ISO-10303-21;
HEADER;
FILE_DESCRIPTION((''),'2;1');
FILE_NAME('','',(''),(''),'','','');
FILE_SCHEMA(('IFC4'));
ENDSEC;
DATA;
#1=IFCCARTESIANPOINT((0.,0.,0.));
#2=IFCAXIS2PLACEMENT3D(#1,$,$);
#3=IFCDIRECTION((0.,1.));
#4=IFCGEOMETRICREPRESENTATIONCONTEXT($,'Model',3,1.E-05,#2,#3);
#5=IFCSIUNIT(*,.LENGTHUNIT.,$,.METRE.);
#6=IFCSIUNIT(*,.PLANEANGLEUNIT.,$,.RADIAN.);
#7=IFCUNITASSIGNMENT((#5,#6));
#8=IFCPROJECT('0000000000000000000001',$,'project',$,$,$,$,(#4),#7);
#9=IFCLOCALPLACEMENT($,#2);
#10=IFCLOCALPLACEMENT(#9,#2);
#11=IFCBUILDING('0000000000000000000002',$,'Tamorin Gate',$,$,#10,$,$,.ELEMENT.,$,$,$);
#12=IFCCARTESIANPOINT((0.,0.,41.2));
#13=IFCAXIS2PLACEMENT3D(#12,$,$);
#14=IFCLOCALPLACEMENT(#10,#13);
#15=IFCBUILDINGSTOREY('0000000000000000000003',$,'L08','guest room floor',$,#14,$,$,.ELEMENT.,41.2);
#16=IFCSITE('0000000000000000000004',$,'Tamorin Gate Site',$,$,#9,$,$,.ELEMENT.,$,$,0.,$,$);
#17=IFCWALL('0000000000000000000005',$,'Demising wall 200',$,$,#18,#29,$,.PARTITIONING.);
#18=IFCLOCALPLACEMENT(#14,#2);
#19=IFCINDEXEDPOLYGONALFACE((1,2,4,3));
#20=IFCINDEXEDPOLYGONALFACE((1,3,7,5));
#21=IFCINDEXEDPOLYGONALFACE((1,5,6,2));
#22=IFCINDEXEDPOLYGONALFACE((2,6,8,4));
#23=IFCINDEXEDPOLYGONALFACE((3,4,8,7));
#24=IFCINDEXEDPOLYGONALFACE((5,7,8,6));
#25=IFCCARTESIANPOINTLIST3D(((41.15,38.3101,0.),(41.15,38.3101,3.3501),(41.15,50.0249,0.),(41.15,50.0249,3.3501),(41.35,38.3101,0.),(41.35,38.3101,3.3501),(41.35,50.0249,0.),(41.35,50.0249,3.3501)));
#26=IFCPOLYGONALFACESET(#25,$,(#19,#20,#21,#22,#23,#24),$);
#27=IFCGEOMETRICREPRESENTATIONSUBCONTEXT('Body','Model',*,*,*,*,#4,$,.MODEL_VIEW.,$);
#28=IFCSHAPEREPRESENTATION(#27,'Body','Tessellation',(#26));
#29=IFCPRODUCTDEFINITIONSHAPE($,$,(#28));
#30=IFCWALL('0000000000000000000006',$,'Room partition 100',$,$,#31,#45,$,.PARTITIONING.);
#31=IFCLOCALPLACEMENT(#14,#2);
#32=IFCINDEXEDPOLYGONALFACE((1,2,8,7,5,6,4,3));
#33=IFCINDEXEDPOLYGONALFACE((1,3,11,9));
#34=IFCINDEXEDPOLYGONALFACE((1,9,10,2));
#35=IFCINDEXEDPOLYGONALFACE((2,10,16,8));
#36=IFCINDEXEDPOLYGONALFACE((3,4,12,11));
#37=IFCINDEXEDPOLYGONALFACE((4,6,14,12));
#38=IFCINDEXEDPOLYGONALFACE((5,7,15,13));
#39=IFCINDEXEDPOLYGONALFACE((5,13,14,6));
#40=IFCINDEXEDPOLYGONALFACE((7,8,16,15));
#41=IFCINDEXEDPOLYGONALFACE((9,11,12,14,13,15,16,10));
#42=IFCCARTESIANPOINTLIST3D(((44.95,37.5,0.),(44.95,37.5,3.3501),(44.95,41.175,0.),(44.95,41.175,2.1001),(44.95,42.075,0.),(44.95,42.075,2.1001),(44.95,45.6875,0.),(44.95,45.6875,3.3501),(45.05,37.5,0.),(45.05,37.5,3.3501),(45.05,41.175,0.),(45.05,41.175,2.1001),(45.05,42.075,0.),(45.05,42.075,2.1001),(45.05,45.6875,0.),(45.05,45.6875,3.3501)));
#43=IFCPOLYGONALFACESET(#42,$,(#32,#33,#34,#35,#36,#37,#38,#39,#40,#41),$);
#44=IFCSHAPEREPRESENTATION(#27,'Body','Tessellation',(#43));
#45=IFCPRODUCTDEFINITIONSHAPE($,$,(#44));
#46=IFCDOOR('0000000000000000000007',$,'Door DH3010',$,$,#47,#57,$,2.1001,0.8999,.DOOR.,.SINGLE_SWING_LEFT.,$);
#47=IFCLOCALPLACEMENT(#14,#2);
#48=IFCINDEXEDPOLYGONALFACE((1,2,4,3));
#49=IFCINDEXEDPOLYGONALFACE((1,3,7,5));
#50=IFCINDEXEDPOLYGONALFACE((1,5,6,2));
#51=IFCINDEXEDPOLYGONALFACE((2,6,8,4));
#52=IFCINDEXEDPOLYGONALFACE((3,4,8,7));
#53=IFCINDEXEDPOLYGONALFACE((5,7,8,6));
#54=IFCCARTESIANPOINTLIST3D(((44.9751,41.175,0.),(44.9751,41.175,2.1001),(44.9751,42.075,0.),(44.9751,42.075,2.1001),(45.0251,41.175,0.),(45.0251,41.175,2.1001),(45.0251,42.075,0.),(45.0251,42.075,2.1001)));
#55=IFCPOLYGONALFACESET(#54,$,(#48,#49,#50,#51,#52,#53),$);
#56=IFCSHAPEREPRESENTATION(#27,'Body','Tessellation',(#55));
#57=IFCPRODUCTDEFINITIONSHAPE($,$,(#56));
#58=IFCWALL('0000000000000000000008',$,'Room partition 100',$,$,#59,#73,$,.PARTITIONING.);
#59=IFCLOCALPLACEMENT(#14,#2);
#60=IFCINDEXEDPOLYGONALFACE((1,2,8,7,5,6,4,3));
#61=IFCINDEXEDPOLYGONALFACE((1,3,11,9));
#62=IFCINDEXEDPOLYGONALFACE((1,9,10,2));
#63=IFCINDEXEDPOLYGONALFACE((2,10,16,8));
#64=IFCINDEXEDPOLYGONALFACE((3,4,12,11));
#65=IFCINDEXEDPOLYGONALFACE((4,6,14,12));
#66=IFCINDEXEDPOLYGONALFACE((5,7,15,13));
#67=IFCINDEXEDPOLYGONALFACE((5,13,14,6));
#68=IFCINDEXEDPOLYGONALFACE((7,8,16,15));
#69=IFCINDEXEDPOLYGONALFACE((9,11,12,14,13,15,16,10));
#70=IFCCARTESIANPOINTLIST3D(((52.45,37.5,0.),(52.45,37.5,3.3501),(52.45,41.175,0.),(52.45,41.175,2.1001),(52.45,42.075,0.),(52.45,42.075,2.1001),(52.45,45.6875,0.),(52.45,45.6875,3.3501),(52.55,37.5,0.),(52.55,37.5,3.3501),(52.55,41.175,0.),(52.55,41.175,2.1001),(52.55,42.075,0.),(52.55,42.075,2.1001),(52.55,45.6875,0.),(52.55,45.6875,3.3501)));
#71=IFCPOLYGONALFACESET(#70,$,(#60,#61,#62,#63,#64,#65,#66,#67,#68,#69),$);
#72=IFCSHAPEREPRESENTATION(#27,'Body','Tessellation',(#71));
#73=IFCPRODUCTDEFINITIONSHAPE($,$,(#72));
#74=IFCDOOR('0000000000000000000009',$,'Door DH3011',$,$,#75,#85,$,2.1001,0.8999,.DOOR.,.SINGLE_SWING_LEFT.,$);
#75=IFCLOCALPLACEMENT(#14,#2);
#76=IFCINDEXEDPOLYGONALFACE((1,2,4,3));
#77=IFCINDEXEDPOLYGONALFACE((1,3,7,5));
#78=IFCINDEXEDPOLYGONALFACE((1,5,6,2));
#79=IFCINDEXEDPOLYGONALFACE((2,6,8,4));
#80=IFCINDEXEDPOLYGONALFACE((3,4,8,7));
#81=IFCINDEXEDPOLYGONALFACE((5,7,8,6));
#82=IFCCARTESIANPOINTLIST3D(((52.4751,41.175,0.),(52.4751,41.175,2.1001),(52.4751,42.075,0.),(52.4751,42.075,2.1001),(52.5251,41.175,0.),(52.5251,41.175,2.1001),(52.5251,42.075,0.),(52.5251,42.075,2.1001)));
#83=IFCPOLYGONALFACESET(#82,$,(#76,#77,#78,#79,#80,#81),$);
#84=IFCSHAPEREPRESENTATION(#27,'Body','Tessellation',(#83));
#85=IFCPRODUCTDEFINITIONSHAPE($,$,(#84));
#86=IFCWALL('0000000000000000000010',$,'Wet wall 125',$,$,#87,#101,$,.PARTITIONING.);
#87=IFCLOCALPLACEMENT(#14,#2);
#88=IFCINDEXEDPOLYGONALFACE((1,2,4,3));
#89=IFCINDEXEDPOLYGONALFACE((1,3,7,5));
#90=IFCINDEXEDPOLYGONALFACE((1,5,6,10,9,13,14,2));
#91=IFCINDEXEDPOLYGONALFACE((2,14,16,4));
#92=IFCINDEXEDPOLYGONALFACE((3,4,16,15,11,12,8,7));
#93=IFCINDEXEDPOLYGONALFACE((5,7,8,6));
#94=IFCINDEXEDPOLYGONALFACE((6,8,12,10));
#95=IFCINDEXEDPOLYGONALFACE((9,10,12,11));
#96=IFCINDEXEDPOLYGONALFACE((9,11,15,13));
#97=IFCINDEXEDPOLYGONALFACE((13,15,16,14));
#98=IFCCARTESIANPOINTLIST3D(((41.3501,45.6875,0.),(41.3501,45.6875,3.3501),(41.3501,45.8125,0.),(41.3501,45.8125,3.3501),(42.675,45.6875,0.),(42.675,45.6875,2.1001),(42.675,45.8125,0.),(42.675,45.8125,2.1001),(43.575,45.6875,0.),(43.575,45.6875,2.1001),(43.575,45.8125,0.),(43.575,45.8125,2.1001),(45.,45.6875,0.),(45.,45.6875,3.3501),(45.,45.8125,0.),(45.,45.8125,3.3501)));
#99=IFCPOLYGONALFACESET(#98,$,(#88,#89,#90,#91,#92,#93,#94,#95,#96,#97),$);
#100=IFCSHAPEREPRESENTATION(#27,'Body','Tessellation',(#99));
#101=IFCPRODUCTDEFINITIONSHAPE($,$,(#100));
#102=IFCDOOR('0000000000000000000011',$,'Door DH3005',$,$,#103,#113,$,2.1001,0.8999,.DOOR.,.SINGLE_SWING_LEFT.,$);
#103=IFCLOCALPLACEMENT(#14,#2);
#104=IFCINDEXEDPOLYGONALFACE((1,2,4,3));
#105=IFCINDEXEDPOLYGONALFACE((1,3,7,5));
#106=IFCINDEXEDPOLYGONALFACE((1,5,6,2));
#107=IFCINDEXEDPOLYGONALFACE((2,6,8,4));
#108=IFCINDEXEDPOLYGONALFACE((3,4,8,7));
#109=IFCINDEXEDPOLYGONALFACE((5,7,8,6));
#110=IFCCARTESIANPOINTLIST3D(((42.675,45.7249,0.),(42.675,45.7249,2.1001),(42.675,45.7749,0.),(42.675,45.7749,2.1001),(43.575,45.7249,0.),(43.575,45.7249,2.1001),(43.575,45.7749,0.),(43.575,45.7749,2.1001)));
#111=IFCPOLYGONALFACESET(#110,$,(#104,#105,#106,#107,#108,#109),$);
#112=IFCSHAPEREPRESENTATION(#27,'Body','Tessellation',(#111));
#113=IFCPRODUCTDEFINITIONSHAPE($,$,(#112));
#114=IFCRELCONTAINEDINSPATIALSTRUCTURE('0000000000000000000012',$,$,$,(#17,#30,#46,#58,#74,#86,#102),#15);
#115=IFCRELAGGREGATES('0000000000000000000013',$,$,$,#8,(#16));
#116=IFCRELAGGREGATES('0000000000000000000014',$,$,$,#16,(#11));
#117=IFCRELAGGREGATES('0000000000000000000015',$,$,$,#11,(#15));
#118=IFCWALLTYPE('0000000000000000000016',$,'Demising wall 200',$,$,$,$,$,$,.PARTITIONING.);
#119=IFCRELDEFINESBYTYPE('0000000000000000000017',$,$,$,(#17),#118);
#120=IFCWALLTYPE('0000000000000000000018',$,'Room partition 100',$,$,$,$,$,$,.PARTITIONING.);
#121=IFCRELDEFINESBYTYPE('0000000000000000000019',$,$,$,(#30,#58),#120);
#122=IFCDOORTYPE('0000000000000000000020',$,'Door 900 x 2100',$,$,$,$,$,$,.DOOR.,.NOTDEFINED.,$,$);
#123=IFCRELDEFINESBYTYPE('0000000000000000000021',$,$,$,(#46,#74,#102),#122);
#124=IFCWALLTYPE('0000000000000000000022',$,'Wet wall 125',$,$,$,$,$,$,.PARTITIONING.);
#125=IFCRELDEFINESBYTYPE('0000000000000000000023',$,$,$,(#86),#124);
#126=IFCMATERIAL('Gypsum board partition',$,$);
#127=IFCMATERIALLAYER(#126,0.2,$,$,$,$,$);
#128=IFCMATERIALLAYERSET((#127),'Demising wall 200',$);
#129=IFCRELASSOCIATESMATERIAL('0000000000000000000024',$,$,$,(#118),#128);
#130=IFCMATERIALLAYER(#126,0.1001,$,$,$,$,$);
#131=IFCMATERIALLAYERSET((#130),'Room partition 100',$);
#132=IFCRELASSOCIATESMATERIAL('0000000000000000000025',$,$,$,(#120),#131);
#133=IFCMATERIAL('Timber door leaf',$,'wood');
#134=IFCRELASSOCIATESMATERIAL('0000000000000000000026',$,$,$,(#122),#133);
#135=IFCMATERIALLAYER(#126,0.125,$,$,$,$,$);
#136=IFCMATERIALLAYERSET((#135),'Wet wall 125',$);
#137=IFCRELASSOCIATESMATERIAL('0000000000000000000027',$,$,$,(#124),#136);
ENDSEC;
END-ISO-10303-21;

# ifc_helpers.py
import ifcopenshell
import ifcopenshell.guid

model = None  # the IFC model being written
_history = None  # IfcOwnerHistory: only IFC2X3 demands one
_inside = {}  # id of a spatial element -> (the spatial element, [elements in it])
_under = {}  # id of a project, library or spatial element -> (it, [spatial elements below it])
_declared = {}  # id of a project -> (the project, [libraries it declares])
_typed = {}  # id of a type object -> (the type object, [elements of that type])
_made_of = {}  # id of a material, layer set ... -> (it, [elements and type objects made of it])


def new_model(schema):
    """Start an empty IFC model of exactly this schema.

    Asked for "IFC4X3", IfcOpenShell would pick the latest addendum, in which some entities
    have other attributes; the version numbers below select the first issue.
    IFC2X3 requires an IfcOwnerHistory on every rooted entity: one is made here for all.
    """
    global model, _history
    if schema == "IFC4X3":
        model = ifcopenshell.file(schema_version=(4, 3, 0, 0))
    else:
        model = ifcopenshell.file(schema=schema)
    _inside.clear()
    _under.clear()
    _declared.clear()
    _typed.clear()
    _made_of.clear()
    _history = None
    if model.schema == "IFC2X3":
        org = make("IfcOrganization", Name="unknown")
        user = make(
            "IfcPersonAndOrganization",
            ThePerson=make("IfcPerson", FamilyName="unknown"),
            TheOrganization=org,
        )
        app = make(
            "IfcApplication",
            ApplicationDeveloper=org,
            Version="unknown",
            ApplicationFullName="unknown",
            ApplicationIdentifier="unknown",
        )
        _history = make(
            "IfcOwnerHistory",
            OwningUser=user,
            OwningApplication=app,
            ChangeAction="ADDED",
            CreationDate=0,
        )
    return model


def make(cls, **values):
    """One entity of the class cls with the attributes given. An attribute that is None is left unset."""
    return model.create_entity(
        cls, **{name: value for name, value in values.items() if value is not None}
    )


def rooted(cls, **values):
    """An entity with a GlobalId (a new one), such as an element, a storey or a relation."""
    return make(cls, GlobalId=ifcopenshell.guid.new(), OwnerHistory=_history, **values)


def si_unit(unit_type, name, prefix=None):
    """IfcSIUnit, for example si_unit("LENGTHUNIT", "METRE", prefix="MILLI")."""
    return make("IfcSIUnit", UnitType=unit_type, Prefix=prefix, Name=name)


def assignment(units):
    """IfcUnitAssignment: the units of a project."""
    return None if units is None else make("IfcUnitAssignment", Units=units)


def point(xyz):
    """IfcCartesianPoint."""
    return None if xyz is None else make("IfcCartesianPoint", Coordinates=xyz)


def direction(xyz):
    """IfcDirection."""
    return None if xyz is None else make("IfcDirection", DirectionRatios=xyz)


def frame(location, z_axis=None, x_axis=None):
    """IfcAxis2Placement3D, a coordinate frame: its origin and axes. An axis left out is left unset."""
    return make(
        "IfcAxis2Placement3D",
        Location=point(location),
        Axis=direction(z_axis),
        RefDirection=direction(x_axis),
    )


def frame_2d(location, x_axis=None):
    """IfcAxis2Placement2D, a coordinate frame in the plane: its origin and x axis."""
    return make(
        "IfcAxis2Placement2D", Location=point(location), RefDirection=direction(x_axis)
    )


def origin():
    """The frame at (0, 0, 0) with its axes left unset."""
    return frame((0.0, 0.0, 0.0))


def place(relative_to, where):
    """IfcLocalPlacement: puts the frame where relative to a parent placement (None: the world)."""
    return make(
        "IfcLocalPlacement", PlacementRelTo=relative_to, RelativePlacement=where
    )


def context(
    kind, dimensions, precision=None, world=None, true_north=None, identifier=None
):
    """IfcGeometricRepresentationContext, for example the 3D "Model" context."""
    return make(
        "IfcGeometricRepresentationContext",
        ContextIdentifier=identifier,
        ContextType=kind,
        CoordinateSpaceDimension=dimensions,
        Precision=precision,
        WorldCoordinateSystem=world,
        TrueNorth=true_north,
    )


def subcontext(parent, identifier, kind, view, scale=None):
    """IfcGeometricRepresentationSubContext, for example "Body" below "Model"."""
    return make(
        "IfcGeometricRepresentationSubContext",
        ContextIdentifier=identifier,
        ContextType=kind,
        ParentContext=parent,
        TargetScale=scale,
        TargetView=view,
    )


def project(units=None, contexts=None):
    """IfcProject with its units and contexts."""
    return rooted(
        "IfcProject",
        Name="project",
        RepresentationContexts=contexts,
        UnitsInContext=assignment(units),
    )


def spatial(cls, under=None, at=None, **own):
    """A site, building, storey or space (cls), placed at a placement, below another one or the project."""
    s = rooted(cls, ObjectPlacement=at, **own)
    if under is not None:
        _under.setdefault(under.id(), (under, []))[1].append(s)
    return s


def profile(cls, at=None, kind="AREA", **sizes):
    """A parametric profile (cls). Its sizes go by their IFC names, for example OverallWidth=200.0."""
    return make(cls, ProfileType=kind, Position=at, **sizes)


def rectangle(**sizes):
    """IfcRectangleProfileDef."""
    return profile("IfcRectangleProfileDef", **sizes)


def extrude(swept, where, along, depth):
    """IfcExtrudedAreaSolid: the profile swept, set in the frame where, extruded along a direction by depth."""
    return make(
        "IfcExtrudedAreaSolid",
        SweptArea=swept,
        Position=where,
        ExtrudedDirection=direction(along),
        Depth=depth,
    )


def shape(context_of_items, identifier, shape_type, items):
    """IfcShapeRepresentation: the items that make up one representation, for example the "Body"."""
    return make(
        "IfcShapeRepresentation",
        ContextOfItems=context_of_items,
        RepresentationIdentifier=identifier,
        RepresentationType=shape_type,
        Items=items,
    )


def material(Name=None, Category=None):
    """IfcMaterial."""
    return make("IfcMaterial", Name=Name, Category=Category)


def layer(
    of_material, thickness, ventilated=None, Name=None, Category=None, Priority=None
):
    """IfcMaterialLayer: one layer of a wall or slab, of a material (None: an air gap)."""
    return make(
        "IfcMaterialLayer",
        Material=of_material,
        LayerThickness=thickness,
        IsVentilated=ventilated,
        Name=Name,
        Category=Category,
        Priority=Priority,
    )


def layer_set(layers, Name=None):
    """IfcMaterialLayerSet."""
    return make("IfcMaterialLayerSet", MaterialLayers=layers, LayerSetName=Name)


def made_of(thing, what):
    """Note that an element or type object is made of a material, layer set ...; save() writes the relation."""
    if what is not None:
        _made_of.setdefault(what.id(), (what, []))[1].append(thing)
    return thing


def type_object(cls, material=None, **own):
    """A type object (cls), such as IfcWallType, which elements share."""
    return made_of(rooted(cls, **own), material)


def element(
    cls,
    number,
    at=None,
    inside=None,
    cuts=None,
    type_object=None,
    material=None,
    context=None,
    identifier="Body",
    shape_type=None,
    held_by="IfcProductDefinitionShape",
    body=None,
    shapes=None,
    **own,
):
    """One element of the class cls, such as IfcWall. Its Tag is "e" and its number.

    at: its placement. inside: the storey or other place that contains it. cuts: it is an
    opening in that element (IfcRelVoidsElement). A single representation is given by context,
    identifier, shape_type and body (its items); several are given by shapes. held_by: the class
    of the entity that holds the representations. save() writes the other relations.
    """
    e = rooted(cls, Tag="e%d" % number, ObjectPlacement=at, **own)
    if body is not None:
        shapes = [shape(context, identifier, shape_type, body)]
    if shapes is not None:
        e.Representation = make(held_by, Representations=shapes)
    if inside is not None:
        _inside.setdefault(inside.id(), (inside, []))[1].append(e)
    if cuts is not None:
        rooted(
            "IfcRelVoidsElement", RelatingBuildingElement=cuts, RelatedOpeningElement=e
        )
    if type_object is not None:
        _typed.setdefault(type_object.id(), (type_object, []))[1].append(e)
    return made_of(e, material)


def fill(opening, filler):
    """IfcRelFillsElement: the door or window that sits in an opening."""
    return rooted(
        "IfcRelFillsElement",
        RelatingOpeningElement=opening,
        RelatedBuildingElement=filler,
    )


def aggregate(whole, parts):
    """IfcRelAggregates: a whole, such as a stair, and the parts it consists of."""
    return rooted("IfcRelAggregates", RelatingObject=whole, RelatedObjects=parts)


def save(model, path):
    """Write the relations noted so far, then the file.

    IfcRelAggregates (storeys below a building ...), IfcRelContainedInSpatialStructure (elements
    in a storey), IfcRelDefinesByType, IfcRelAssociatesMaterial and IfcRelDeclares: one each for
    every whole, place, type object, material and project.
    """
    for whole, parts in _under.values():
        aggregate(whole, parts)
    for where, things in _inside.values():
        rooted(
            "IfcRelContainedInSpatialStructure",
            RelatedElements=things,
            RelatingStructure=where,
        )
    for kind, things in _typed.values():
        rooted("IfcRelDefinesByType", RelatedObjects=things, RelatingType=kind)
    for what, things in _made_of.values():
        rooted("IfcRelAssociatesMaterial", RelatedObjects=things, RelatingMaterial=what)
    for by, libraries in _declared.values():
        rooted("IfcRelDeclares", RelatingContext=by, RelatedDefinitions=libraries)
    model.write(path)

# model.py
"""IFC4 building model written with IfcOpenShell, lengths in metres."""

from ifc_helpers import new_model, si_unit, direction, frame, frame_2d, origin, place, context, subcontext, project, spatial, rectangle, extrude, material, layer, layer_set, type_object, element, fill, save


model = new_model("IFC4")

# Units and contexts
model_context = context("Model", 3, precision=1e-05, world=origin(), true_north=direction((0.0, 1.0)))
body_context = subcontext(model_context, "Body", "Model", "MODEL_VIEW")
ifc_project = project(units=[si_unit("LENGTHUNIT", "METRE"), si_unit("PLANEANGLEUNIT", "RADIAN")], contexts=[model_context])

# Site, building, storey
site_placement = place(None, origin())
site = spatial("IfcSite", under=ifc_project, at=site_placement, Name="Tamorin Gate Site", CompositionType="ELEMENT", RefElevation=0.0)
building_placement = place(site_placement, origin())
building = spatial("IfcBuilding", under=site, at=building_placement, Name="Tamorin Gate", CompositionType="ELEMENT")
storey_placement = place(building_placement, frame((0.0, 0.0, 41.2)))
storey = spatial("IfcBuildingStorey", under=building, at=storey_placement, Name="L08", Description="guest room floor", CompositionType="ELEMENT", Elevation=41.2)

# Wall
ifc_material_1 = material(Name="Gypsum board partition")
ifc_layer_1 = layer(ifc_material_1, 0.2)
ifc_layer_set_1 = layer_set([ifc_layer_1], Name="Demising wall 200")
wall_type_1 = type_object("IfcWallType", Name="Demising wall 200", PredefinedType="PARTITIONING", material=ifc_layer_set_1)
wall_1_placement = place(storey_placement, frame((41.25, 38.3101, 0.0), z_axis=(0.0, 0.0, 1.0), x_axis=(0.0, 1.0, 0.0)))
element("IfcWall", 1, at=wall_1_placement, inside=storey, type_object=wall_type_1, Name="Demising wall 200", PredefinedType="PARTITIONING", context=body_context, shape_type="SweptSolid", body=[
    extrude(rectangle(XDim=11.7148, YDim=0.2, at=frame_2d((5.8574, 0.0))), origin(), (0.0, 0.0, 1.0), 3.3501),
])

# Walls, openings, doors
ifc_layer_2 = layer(ifc_material_1, 0.1001)
ifc_layer_set_2 = layer_set([ifc_layer_2], Name="Room partition 100")
wall_type_2 = type_object("IfcWallType", Name="Room partition 100", PredefinedType="PARTITIONING", material=ifc_layer_set_2)
wall_2_placement = place(storey_placement, frame((45.0, 37.5, 0.0), z_axis=(0.0, 0.0, 1.0), x_axis=(0.0, 1.0, 0.0)))
wall_2 = element("IfcWall", 2, at=wall_2_placement, inside=storey, type_object=wall_type_2, Name="Room partition 100", PredefinedType="PARTITIONING", context=body_context, shape_type="SweptSolid", body=[
    extrude(rectangle(XDim=8.1875, YDim=0.1001, at=frame_2d((4.0938, 0.0))), origin(), (0.0, 0.0, 1.0), 3.3501),
])
opening_1_placement = place(wall_2_placement, frame((3.675, 0.0, 0.0)))
opening_1 = element("IfcOpeningElement", 3, at=opening_1_placement, cuts=wall_2, PredefinedType="OPENING", context=body_context, shape_type="SweptSolid", body=[
    extrude(rectangle(XDim=0.8999, YDim=2.1001, at=frame_2d((0.45, 1.05))), frame((0.0, 0.0601, 0.0), z_axis=(0.0, -1.0, 0.0), x_axis=(1.0, 0.0, 0.0)), (0.0, 0.0, 1.0), 0.1201),
])
ifc_material_2 = material(Name="Timber door leaf", Category="wood")
door_type = type_object("IfcDoorType", Name="Door 900 x 2100", OperationType="NOTDEFINED", PredefinedType="DOOR", material=ifc_material_2)
door_1_placement = place(opening_1_placement, origin())
door_1 = element("IfcDoor", 4, at=door_1_placement, inside=storey, type_object=door_type, Name="Door DH3010", OperationType="SINGLE_SWING_LEFT", OverallHeight=2.1001, OverallWidth=0.8999, PredefinedType="DOOR", context=body_context, shape_type="SweptSolid", body=[
    extrude(rectangle(XDim=0.8999, YDim=2.1001, at=frame_2d((0.45, 1.05))), frame((0.0, 0.0249, 0.0), z_axis=(0.0, -1.0, 0.0), x_axis=(1.0, 0.0, 0.0)), (0.0, 0.0, 1.0), 0.05),
])
fill(opening_1, door_1)
wall_3_placement = place(storey_placement, frame((52.5, 37.5, 0.0), z_axis=(0.0, 0.0, 1.0), x_axis=(0.0, 1.0, 0.0)))
wall_3 = element("IfcWall", 5, at=wall_3_placement, inside=storey, type_object=wall_type_2, Name="Room partition 100", PredefinedType="PARTITIONING", context=body_context, shape_type="SweptSolid", body=[
    extrude(rectangle(XDim=8.1875, YDim=0.1001, at=frame_2d((4.0938, 0.0))), origin(), (0.0, 0.0, 1.0), 3.3501),
])
opening_2_placement = place(wall_3_placement, frame((3.675, 0.0, 0.0)))
opening_2 = element("IfcOpeningElement", 6, at=opening_2_placement, cuts=wall_3, PredefinedType="OPENING", context=body_context, shape_type="SweptSolid", body=[
    extrude(rectangle(XDim=0.8999, YDim=2.1001, at=frame_2d((0.45, 1.05))), frame((0.0, 0.0601, 0.0), z_axis=(0.0, -1.0, 0.0), x_axis=(1.0, 0.0, 0.0)), (0.0, 0.0, 1.0), 0.1201),
])
door_2_placement = place(opening_2_placement, origin())
door_2 = element("IfcDoor", 7, at=door_2_placement, inside=storey, type_object=door_type, Name="Door DH3011", OperationType="SINGLE_SWING_LEFT", OverallHeight=2.1001, OverallWidth=0.8999, PredefinedType="DOOR", context=body_context, shape_type="SweptSolid", body=[
    extrude(rectangle(XDim=0.8999, YDim=2.1001, at=frame_2d((0.45, 1.05))), frame((0.0, 0.0249, 0.0), z_axis=(0.0, -1.0, 0.0), x_axis=(1.0, 0.0, 0.0)), (0.0, 0.0, 1.0), 0.05),
])
fill(opening_2, door_2)
ifc_layer_3 = layer(ifc_material_1, 0.125)
ifc_layer_set_3 = layer_set([ifc_layer_3], Name="Wet wall 125")
wall_type_3 = type_object("IfcWallType", Name="Wet wall 125", PredefinedType="PARTITIONING", material=ifc_layer_set_3)
wall_4_placement = place(storey_placement, frame((41.3501, 45.75, 0.0), z_axis=(0.0, 0.0, 1.0), x_axis=(1.0, 0.0, 0.0)))
wall_4 = element("IfcWall", 8, at=wall_4_placement, inside=storey, type_object=wall_type_3, Name="Wet wall 125", PredefinedType="PARTITIONING", context=body_context, shape_type="SweptSolid", body=[
    extrude(rectangle(XDim=3.6499, YDim=0.125, at=frame_2d((1.825, 0.0))), origin(), (0.0, 0.0, 1.0), 3.3501),
])
opening_3_placement = place(wall_4_placement, frame((1.325, 0.0, 0.0)))
opening_3 = element("IfcOpeningElement", 9, at=opening_3_placement, cuts=wall_4, PredefinedType="OPENING", context=body_context, shape_type="SweptSolid", body=[
    extrude(rectangle(XDim=0.8999, YDim=2.1001, at=frame_2d((0.45, 1.05))), frame((0.0, 0.0725, 0.0), z_axis=(0.0, -1.0, 0.0), x_axis=(1.0, 0.0, 0.0)), (0.0, 0.0, 1.0), 0.145),
])
door_3_placement = place(opening_3_placement, origin())
door_3 = element("IfcDoor", 10, at=door_3_placement, inside=storey, type_object=door_type, Name="Door DH3005", OperationType="SINGLE_SWING_LEFT", OverallHeight=2.1001, OverallWidth=0.8999, PredefinedType="DOOR", context=body_context, shape_type="SweptSolid", body=[
    extrude(rectangle(XDim=0.8999, YDim=2.1001, at=frame_2d((0.45, 1.05))), frame((0.0, 0.0249, 0.0), z_axis=(0.0, -1.0, 0.0), x_axis=(1.0, 0.0, 0.0)), (0.0, 0.0, 1.0), 0.05),
])
fill(opening_3, door_3)

save(model, "model.ifc")
